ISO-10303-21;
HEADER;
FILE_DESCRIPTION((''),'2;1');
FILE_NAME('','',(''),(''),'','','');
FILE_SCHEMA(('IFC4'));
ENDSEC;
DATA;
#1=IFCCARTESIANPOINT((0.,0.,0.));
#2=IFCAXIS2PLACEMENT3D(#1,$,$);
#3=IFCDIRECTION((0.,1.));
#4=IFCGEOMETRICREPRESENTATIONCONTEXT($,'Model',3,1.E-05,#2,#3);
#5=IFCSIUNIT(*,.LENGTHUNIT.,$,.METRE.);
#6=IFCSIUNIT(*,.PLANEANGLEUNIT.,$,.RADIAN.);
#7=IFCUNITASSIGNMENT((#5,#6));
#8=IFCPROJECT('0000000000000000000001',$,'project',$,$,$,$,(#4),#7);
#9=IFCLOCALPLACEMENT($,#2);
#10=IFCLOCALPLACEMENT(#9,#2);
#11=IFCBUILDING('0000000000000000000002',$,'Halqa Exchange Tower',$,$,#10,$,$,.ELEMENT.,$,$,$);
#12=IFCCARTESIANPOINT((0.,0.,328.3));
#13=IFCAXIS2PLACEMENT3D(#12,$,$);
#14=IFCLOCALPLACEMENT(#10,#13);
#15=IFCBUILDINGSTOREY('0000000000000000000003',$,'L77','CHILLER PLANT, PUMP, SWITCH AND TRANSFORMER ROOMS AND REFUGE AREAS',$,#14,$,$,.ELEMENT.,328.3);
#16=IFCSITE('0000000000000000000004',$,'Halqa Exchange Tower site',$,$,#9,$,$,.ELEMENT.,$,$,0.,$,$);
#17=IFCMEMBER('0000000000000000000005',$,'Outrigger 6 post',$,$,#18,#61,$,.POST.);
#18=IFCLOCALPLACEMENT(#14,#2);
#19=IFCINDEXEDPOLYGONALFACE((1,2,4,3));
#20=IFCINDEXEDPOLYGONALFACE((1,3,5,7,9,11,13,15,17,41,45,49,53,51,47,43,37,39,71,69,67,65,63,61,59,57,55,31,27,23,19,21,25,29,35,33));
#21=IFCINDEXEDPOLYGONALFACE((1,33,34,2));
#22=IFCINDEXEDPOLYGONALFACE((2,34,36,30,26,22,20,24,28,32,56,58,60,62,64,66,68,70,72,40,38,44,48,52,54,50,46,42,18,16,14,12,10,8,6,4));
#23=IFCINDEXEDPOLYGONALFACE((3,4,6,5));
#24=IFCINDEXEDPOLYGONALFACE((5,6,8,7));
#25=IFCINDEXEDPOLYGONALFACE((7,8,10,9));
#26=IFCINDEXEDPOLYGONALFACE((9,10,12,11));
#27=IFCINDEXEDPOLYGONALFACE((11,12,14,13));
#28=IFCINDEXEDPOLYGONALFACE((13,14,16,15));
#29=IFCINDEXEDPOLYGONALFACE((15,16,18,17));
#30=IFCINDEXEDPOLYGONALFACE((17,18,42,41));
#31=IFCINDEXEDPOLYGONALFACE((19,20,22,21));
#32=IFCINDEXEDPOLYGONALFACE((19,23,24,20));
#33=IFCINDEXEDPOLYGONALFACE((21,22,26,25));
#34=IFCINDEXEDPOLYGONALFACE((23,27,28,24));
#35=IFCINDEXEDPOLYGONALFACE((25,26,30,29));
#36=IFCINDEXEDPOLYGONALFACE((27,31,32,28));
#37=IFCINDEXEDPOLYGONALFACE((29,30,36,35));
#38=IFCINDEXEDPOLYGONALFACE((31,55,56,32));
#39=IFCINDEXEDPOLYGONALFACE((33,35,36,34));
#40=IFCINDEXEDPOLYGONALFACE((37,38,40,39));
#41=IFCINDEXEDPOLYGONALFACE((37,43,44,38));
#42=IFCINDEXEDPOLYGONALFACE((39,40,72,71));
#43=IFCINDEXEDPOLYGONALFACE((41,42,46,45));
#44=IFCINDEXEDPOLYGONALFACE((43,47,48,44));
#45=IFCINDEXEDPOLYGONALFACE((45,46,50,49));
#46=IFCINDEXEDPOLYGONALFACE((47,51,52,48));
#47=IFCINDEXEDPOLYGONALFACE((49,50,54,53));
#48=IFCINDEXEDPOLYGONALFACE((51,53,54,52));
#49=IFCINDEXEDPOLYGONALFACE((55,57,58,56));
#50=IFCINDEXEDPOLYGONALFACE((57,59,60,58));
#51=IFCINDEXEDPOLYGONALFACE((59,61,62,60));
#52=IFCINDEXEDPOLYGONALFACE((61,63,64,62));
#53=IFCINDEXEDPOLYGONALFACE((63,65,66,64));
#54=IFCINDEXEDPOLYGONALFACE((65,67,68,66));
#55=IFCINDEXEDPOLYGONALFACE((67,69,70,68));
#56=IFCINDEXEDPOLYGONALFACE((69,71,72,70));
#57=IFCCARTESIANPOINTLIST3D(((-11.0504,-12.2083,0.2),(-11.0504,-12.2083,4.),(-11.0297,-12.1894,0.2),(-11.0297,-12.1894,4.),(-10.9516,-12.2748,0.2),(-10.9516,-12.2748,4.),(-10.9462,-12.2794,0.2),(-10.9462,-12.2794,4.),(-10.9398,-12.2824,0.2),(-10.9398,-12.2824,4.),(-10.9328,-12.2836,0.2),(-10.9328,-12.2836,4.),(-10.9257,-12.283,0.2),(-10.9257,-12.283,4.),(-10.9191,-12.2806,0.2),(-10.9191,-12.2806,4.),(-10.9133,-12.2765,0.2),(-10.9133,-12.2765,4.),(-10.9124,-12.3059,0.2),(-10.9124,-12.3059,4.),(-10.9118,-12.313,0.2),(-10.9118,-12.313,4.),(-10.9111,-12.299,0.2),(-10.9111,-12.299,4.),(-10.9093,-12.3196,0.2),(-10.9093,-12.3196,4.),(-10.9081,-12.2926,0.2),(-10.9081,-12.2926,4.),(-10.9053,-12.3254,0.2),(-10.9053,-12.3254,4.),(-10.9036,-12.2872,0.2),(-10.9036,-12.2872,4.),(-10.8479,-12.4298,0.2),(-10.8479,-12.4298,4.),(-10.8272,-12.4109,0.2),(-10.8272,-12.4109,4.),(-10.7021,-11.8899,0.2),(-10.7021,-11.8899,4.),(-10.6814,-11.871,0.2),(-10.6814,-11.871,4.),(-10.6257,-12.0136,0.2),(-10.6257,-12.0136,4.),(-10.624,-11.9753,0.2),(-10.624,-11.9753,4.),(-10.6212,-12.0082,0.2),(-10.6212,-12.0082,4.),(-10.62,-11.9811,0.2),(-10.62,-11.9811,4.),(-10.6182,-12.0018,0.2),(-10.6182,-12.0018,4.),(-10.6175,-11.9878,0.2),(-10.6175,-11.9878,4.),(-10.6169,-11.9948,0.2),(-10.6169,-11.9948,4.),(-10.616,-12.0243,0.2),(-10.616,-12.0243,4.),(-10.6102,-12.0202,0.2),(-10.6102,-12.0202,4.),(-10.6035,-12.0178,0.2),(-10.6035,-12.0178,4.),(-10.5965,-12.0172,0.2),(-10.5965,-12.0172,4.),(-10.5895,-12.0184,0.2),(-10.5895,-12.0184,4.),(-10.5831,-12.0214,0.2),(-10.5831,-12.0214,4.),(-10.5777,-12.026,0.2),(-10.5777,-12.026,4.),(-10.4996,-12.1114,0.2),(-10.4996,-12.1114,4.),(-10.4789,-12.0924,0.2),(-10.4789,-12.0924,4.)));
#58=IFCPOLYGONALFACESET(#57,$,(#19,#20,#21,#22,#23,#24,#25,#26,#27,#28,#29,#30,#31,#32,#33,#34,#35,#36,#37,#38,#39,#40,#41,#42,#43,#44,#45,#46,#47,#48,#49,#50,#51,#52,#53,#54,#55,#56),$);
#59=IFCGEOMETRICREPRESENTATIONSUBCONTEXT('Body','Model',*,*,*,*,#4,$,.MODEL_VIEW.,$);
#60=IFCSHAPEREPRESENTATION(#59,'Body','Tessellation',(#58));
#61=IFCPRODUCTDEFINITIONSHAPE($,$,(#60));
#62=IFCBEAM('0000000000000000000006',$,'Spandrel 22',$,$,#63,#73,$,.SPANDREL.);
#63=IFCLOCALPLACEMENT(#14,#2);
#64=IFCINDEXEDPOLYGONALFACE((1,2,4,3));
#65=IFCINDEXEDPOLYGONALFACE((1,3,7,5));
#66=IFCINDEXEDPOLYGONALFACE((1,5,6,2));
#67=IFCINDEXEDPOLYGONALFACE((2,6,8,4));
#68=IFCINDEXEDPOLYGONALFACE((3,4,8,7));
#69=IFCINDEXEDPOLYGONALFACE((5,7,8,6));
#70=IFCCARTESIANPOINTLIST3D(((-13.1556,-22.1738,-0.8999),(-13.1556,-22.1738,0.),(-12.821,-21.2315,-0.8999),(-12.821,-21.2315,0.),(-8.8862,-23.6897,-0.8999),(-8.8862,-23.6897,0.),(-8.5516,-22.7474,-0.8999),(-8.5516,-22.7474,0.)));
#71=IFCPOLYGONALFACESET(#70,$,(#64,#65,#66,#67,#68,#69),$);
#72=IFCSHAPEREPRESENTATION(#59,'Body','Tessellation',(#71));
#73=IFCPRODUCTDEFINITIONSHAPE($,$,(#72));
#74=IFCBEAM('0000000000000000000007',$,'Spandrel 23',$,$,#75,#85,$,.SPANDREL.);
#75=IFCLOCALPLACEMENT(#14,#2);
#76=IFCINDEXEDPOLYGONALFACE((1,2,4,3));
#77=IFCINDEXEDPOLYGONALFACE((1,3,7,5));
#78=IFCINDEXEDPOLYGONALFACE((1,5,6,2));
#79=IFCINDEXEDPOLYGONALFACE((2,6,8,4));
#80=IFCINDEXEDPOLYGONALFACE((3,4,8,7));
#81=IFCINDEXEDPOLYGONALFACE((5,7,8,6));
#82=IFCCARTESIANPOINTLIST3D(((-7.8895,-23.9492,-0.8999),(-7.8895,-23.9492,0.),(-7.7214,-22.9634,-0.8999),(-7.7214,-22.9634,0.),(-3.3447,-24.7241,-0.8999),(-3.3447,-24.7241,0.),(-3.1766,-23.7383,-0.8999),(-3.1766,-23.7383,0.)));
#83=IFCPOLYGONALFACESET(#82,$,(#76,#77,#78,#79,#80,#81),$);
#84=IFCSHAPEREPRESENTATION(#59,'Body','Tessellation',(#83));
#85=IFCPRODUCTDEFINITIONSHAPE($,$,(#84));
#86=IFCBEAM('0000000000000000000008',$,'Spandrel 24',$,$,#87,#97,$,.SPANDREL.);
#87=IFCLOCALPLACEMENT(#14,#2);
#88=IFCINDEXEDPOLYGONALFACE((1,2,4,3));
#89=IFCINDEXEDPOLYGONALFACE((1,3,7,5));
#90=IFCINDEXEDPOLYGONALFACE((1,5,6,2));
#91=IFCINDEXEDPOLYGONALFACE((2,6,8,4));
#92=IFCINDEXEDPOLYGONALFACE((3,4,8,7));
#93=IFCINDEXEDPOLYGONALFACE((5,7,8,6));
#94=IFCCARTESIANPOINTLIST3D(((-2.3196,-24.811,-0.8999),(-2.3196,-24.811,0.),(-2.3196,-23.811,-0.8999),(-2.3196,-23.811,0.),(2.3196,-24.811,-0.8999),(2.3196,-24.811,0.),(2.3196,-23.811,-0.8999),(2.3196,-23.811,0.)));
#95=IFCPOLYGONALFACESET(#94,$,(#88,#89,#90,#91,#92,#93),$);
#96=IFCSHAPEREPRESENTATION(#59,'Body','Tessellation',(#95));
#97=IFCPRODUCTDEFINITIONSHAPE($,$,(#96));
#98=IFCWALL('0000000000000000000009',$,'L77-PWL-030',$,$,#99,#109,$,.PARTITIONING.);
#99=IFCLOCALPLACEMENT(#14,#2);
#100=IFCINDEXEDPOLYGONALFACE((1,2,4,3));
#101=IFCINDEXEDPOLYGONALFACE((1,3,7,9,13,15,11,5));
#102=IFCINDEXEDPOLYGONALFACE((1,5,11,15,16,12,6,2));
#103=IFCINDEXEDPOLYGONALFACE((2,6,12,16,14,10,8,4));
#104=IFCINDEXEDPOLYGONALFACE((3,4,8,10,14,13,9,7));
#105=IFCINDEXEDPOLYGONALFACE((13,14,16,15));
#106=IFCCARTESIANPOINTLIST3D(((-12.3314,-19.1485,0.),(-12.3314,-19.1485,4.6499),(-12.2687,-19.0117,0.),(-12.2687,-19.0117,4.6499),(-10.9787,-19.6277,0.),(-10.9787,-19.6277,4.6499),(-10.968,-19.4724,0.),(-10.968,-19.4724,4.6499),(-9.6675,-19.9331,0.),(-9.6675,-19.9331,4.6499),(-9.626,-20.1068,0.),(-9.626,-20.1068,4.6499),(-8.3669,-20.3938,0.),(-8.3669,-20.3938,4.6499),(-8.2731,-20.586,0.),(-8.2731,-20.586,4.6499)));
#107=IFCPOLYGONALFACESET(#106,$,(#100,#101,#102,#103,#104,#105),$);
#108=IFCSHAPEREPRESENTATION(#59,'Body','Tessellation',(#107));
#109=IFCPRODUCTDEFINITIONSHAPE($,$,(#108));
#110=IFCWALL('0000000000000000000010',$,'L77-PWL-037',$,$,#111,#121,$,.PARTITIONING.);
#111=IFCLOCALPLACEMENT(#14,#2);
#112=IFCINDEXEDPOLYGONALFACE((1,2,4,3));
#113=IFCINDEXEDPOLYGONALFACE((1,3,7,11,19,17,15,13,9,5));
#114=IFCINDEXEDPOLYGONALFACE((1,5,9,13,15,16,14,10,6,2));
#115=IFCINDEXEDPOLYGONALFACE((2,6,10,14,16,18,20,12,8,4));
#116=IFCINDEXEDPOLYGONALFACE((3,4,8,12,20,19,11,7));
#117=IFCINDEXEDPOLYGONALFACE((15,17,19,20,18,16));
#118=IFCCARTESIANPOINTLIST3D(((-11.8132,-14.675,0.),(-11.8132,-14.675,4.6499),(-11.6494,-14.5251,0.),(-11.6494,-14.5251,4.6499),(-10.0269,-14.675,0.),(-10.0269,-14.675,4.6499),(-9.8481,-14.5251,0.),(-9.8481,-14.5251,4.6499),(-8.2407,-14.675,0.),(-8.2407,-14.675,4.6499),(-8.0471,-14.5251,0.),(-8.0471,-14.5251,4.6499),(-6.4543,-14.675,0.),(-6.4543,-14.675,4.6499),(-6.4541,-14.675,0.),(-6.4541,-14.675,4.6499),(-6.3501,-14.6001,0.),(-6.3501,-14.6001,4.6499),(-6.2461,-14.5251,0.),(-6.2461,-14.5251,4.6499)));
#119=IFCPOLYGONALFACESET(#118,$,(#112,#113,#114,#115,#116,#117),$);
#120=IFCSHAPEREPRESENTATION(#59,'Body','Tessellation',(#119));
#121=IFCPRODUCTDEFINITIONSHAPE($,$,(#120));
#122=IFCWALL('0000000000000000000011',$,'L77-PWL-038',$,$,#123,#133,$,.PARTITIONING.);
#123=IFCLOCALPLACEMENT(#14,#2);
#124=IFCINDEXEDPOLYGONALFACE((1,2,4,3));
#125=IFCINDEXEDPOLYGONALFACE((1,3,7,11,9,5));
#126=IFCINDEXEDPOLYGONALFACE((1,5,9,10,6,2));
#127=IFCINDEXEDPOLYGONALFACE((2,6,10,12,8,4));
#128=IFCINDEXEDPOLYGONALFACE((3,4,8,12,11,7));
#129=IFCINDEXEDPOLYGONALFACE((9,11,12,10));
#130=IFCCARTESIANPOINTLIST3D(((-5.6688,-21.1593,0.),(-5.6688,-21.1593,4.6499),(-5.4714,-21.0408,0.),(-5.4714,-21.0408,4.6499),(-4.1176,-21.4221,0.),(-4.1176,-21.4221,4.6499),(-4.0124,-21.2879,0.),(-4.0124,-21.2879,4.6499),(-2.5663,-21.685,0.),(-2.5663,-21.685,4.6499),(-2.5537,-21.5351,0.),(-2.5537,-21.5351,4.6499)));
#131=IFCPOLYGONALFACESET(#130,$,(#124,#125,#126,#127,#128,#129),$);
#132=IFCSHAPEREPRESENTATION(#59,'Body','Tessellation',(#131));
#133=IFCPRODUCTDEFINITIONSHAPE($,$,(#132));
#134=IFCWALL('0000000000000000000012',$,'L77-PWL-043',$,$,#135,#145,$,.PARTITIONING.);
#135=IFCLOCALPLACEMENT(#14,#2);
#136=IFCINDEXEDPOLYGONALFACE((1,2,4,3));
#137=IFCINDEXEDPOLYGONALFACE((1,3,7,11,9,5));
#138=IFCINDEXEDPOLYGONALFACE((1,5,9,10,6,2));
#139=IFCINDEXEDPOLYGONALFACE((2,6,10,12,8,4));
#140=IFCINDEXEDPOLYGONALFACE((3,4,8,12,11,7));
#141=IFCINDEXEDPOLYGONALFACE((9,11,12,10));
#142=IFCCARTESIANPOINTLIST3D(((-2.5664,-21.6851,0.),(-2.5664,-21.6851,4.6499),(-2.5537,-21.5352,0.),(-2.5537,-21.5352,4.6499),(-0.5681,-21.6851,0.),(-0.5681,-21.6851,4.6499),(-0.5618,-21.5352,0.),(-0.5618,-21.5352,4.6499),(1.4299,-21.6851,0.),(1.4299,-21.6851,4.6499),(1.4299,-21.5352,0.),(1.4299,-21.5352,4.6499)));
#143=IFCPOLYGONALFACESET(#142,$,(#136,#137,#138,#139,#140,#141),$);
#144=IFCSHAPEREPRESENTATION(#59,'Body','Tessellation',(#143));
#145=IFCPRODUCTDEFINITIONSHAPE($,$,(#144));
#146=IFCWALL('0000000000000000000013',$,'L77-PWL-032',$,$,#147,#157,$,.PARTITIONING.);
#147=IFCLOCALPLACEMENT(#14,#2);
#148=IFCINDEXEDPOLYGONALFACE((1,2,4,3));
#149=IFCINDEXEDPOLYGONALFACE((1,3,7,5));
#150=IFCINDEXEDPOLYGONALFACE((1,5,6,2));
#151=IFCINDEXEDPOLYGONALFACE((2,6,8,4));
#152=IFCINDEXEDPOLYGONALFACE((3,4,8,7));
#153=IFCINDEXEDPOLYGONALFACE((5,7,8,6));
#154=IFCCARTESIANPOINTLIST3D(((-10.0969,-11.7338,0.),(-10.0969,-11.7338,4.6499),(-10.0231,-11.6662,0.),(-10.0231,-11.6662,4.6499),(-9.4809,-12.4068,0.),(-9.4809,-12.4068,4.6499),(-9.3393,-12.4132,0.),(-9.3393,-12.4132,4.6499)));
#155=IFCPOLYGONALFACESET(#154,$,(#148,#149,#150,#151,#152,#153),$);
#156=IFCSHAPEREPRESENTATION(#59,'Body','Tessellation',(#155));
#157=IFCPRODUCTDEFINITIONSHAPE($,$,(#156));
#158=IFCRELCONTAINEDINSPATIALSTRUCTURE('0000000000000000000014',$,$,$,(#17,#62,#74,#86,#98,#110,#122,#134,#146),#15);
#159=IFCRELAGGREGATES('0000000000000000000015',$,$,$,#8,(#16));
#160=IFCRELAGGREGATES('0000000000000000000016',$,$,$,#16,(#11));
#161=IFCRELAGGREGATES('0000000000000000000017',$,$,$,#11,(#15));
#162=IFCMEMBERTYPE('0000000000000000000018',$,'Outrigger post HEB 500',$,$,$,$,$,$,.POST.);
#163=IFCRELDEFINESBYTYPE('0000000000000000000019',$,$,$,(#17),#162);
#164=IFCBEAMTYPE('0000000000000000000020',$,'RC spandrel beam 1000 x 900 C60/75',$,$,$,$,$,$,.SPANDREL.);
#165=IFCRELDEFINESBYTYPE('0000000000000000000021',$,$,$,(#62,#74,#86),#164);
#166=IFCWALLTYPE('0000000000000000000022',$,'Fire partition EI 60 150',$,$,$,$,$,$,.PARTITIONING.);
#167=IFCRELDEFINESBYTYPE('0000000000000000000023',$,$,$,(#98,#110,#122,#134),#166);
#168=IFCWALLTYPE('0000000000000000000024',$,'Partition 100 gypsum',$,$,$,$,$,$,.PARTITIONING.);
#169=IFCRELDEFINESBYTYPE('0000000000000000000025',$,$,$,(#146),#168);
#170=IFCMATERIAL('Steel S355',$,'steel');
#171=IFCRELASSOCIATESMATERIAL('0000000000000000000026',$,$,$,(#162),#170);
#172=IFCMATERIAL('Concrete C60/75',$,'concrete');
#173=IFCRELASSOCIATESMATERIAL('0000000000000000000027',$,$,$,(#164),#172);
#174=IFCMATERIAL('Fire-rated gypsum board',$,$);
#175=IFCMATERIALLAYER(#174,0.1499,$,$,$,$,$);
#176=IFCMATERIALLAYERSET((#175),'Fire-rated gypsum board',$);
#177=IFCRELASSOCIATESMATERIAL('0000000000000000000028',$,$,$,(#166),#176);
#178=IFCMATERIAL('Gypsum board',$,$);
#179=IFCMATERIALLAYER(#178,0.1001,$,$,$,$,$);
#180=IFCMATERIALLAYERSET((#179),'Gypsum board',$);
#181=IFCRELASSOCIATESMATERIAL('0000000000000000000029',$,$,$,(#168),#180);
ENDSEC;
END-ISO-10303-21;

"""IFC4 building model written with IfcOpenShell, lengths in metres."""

from ifc_helpers import new_model, si_unit, direction, frame, origin, origin_2d, place, context, subcontext, project, spatial, polyline, rectangle, i_section, outline, extrude, material, layer, layer_set, material_profile, profile_set, type_object, element, save


model = new_model("IFC4")

# Units and contexts
model_context = context("Model", 3, precision=1e-05, world=origin(), true_north=direction((0.0, 1.0)))
body_context = subcontext(model_context, "Body", "Model", "MODEL_VIEW")
ifc_project = project(units=[si_unit("LENGTHUNIT", "METRE"), si_unit("PLANEANGLEUNIT", "RADIAN")], contexts=[model_context])

# Site, building, storey
site_placement = place(None, origin())
site = spatial("IfcSite", under=ifc_project, at=site_placement, Name="Halqa Exchange Tower site", CompositionType="ELEMENT", RefElevation=0.0)
building_placement = place(site_placement, origin())
building = spatial("IfcBuilding", under=site, at=building_placement, Name="Halqa Exchange Tower", CompositionType="ELEMENT")
storey_placement = place(building_placement, frame((0.0, 0.0, 328.3)))
storey = spatial("IfcBuildingStorey", under=building, at=storey_placement, Name="L77", Description="CHILLER PLANT, PUMP, SWITCH AND TRANSFORMER ROOMS AND REFUGE AREAS", CompositionType="ELEMENT", Elevation=328.3)

# Member
ifc_material_1 = material(Name="Steel S355", Category="steel")
ifc_material_profile_1 = material_profile(ifc_material_1, i_section(OverallWidth=0.3, OverallDepth=0.5, WebThickness=0.0144, FlangeThickness=0.0281, FilletRadius=0.0271, at=origin_2d()), Name="HEB 500")
ifc_profile_set_1 = profile_set([ifc_material_profile_1], Name="Steel S355")
member_type_1 = type_object("IfcMemberType", Name="Outrigger post HEB 500", PredefinedType="POST", material=ifc_profile_set_1)
member_1_placement = place(storey_placement, frame((-10.7646, -12.1504, 0.2), z_axis=(0.0, 0.0, 1.0), x_axis=(0.67474, -0.738055, 0.0)))
element("IfcMember", 1, at=member_1_placement, inside=storey, type_object=member_type_1, Name="Outrigger 6 post", PredefinedType="POST", context=body_context, shape_type="SweptSolid", body=[
    extrude(i_section(OverallWidth=0.3, OverallDepth=0.5, WebThickness=0.0144, FlangeThickness=0.0281, FilletRadius=0.0271, at=origin_2d()), origin(), (0.0, 0.0, 1.0), 3.8),
])

# Beams
ifc_material_2 = material(Name="Concrete C60/75", Category="concrete")
ifc_material_profile_2 = material_profile(ifc_material_2, rectangle(XDim=1.0, YDim=0.8999, at=origin_2d()), Name="1000 x 900")
ifc_profile_set_2 = profile_set([ifc_material_profile_2], Name="Concrete C60/75")
beam_type = type_object("IfcBeamType", Name="RC spandrel beam 1000 x 900 C60/75", PredefinedType="SPANDREL", material=ifc_profile_set_2)
beam_1_placement = place(storey_placement, frame((-12.9883, -21.7026, -0.45), z_axis=(0.942361, -0.334598, 0.0), x_axis=(0.334598, 0.942361, 0.0)))
element("IfcBeam", 2, at=beam_1_placement, inside=storey, type_object=beam_type, Name="Spandrel 22", PredefinedType="SPANDREL", context=body_context, shape_type="SweptSolid", body=[
    extrude(rectangle(XDim=1.0, YDim=0.8999, at=origin_2d()), origin(), (0.0, 0.0, 1.0), 4.5305),
])
beam_2_placement = place(storey_placement, frame((-7.8054, -23.4563, -0.45), z_axis=(0.985773, -0.168082, 0.0), x_axis=(0.168082, 0.985773, 0.0)))
element("IfcBeam", 3, at=beam_2_placement, inside=storey, type_object=beam_type, Name="Spandrel 23", PredefinedType="SPANDREL", context=body_context, shape_type="SweptSolid", body=[
    extrude(rectangle(XDim=1.0, YDim=0.8999, at=origin_2d()), origin(), (0.0, 0.0, 1.0), 4.6104),
])
beam_3_placement = place(storey_placement, frame((-2.3196, -24.311, -0.45), z_axis=(1.0, 0.0, 0.0), x_axis=(0.0, 1.0, 0.0)))
element("IfcBeam", 4, at=beam_3_placement, inside=storey, type_object=beam_type, Name="Spandrel 24", PredefinedType="SPANDREL", context=body_context, shape_type="SweptSolid", body=[
    extrude(rectangle(XDim=1.0, YDim=0.8999, at=origin_2d()), origin(), (0.0, 0.0, 1.0), 4.6392),
])

# Wall
ifc_material_3 = material(Name="Fire-rated gypsum board")
ifc_layer_1 = layer(ifc_material_3, 0.1499)
ifc_layer_set_1 = layer_set([ifc_layer_1], Name="Fire-rated gypsum board")
wall_type_1 = type_object("IfcWallType", Name="Fire partition EI 60 150", PredefinedType="PARTITIONING", material=ifc_layer_set_1)
wall_1_placement = place(storey_placement, frame((-12.3064, -19.0779, 0.0), z_axis=(0.0, 0.0, 1.0), x_axis=(0.942615, -0.333882, 0.0)))
element("IfcWall", 5, at=wall_1_placement, inside=storey, type_object=wall_type_1, Name="L77-PWL-030", PredefinedType="PARTITIONING", context=body_context, shape_type="SweptSolid", body=[
    extrude(outline(polyline([(0.0, -0.075), (1.4351, -0.075), (2.8701, -0.075), (4.3054, -0.075), (4.1528, 0.075), (2.7729, 0.075), (1.3933, 0.075), (0.0134, 0.075), (0.0, -0.075), (0.0, -0.075)])), origin(), (0.0, 0.0, 1.0), 4.6499),
])

# Walls
wall_2_placement = place(storey_placement, frame((-6.2458, -14.6001, 0.0), z_axis=(0.0, 0.0, 1.0), x_axis=(-1.0, 0.0, 0.0)))
element("IfcWall", 6, at=wall_2_placement, inside=storey, type_object=wall_type_1, Name="L77-PWL-037", PredefinedType="PARTITIONING", context=body_context, shape_type="SweptSolid", body=[
    extrude(outline(polyline([(0.0002, -0.075), (1.8013, -0.075), (3.6023, -0.075), (5.4036, -0.075), (5.5674, 0.075), (3.781, 0.075), (1.9949, 0.075), (0.2085, 0.075), (0.2083, 0.075), (0.2083, 0.075), (0.1042, 0.0), (0.0002, -0.075)])), origin(), (0.0, 0.0, 1.0), 4.6499),
])
wall_3_placement = place(storey_placement, frame((-5.6562, -21.0854, 0.0), z_axis=(0.0, 0.0, 1.0), x_axis=(0.98595, -0.16704, 0.0)))
element("IfcWall", 7, at=wall_3_placement, inside=storey, type_object=wall_type_1, Name="L77-PWL-038", PredefinedType="PARTITIONING", context=body_context, shape_type="SweptSolid", body=[
    extrude(outline(polyline([(0.0, -0.075), (1.5732, -0.075), (3.1467, -0.075), (3.134, 0.075), (1.6545, 0.075), (0.1748, 0.075), (0.0, -0.075), (0.0, -0.075)])), origin(), (0.0, 0.0, 1.0), 4.6499),
])

# Walls
wall_4_placement = place(storey_placement, frame((-2.5664, -21.6101, 0.0), z_axis=(0.0, 0.0, 1.0), x_axis=(1.0, 0.0, 0.0)))
element("IfcWall", 8, at=wall_4_placement, inside=storey, type_object=wall_type_1, Name="L77-PWL-043", PredefinedType="PARTITIONING", context=body_context, shape_type="SweptSolid", body=[
    extrude(outline(polyline([(3.9963, 0.075), (2.0046, 0.075), (0.0127, 0.075), (0.0, -0.075), (1.9983, -0.075), (3.9963, -0.075), (3.9963, 0.075)])), origin(), (0.0, 0.0, 1.0), 4.6499),
])
ifc_material_4 = material(Name="Gypsum board")
ifc_layer_2 = layer(ifc_material_4, 0.1001)
ifc_layer_set_2 = layer_set([ifc_layer_2], Name="Gypsum board")
wall_type_2 = type_object("IfcWallType", Name="Partition 100 gypsum", PredefinedType="PARTITIONING", material=ifc_layer_set_2)
wall_5_placement = place(storey_placement, frame((-9.3762, -12.447, 0.0), z_axis=(0.0, 0.0, 1.0), x_axis=(-0.675201, 0.737634, 0.0)))
element("IfcWall", 9, at=wall_5_placement, inside=storey, type_object=wall_type_2, Name="L77-PWL-032", PredefinedType="PARTITIONING", context=body_context, shape_type="SweptSolid", body=[
    extrude(outline(polyline([(1.0127, 0.05), (0.1003, 0.05), (0.0, -0.05), (1.0127, -0.05), (1.0127, 0.05)])), origin(), (0.0, 0.0, 1.0), 4.6499),
])

save(model, "model.ifc")
